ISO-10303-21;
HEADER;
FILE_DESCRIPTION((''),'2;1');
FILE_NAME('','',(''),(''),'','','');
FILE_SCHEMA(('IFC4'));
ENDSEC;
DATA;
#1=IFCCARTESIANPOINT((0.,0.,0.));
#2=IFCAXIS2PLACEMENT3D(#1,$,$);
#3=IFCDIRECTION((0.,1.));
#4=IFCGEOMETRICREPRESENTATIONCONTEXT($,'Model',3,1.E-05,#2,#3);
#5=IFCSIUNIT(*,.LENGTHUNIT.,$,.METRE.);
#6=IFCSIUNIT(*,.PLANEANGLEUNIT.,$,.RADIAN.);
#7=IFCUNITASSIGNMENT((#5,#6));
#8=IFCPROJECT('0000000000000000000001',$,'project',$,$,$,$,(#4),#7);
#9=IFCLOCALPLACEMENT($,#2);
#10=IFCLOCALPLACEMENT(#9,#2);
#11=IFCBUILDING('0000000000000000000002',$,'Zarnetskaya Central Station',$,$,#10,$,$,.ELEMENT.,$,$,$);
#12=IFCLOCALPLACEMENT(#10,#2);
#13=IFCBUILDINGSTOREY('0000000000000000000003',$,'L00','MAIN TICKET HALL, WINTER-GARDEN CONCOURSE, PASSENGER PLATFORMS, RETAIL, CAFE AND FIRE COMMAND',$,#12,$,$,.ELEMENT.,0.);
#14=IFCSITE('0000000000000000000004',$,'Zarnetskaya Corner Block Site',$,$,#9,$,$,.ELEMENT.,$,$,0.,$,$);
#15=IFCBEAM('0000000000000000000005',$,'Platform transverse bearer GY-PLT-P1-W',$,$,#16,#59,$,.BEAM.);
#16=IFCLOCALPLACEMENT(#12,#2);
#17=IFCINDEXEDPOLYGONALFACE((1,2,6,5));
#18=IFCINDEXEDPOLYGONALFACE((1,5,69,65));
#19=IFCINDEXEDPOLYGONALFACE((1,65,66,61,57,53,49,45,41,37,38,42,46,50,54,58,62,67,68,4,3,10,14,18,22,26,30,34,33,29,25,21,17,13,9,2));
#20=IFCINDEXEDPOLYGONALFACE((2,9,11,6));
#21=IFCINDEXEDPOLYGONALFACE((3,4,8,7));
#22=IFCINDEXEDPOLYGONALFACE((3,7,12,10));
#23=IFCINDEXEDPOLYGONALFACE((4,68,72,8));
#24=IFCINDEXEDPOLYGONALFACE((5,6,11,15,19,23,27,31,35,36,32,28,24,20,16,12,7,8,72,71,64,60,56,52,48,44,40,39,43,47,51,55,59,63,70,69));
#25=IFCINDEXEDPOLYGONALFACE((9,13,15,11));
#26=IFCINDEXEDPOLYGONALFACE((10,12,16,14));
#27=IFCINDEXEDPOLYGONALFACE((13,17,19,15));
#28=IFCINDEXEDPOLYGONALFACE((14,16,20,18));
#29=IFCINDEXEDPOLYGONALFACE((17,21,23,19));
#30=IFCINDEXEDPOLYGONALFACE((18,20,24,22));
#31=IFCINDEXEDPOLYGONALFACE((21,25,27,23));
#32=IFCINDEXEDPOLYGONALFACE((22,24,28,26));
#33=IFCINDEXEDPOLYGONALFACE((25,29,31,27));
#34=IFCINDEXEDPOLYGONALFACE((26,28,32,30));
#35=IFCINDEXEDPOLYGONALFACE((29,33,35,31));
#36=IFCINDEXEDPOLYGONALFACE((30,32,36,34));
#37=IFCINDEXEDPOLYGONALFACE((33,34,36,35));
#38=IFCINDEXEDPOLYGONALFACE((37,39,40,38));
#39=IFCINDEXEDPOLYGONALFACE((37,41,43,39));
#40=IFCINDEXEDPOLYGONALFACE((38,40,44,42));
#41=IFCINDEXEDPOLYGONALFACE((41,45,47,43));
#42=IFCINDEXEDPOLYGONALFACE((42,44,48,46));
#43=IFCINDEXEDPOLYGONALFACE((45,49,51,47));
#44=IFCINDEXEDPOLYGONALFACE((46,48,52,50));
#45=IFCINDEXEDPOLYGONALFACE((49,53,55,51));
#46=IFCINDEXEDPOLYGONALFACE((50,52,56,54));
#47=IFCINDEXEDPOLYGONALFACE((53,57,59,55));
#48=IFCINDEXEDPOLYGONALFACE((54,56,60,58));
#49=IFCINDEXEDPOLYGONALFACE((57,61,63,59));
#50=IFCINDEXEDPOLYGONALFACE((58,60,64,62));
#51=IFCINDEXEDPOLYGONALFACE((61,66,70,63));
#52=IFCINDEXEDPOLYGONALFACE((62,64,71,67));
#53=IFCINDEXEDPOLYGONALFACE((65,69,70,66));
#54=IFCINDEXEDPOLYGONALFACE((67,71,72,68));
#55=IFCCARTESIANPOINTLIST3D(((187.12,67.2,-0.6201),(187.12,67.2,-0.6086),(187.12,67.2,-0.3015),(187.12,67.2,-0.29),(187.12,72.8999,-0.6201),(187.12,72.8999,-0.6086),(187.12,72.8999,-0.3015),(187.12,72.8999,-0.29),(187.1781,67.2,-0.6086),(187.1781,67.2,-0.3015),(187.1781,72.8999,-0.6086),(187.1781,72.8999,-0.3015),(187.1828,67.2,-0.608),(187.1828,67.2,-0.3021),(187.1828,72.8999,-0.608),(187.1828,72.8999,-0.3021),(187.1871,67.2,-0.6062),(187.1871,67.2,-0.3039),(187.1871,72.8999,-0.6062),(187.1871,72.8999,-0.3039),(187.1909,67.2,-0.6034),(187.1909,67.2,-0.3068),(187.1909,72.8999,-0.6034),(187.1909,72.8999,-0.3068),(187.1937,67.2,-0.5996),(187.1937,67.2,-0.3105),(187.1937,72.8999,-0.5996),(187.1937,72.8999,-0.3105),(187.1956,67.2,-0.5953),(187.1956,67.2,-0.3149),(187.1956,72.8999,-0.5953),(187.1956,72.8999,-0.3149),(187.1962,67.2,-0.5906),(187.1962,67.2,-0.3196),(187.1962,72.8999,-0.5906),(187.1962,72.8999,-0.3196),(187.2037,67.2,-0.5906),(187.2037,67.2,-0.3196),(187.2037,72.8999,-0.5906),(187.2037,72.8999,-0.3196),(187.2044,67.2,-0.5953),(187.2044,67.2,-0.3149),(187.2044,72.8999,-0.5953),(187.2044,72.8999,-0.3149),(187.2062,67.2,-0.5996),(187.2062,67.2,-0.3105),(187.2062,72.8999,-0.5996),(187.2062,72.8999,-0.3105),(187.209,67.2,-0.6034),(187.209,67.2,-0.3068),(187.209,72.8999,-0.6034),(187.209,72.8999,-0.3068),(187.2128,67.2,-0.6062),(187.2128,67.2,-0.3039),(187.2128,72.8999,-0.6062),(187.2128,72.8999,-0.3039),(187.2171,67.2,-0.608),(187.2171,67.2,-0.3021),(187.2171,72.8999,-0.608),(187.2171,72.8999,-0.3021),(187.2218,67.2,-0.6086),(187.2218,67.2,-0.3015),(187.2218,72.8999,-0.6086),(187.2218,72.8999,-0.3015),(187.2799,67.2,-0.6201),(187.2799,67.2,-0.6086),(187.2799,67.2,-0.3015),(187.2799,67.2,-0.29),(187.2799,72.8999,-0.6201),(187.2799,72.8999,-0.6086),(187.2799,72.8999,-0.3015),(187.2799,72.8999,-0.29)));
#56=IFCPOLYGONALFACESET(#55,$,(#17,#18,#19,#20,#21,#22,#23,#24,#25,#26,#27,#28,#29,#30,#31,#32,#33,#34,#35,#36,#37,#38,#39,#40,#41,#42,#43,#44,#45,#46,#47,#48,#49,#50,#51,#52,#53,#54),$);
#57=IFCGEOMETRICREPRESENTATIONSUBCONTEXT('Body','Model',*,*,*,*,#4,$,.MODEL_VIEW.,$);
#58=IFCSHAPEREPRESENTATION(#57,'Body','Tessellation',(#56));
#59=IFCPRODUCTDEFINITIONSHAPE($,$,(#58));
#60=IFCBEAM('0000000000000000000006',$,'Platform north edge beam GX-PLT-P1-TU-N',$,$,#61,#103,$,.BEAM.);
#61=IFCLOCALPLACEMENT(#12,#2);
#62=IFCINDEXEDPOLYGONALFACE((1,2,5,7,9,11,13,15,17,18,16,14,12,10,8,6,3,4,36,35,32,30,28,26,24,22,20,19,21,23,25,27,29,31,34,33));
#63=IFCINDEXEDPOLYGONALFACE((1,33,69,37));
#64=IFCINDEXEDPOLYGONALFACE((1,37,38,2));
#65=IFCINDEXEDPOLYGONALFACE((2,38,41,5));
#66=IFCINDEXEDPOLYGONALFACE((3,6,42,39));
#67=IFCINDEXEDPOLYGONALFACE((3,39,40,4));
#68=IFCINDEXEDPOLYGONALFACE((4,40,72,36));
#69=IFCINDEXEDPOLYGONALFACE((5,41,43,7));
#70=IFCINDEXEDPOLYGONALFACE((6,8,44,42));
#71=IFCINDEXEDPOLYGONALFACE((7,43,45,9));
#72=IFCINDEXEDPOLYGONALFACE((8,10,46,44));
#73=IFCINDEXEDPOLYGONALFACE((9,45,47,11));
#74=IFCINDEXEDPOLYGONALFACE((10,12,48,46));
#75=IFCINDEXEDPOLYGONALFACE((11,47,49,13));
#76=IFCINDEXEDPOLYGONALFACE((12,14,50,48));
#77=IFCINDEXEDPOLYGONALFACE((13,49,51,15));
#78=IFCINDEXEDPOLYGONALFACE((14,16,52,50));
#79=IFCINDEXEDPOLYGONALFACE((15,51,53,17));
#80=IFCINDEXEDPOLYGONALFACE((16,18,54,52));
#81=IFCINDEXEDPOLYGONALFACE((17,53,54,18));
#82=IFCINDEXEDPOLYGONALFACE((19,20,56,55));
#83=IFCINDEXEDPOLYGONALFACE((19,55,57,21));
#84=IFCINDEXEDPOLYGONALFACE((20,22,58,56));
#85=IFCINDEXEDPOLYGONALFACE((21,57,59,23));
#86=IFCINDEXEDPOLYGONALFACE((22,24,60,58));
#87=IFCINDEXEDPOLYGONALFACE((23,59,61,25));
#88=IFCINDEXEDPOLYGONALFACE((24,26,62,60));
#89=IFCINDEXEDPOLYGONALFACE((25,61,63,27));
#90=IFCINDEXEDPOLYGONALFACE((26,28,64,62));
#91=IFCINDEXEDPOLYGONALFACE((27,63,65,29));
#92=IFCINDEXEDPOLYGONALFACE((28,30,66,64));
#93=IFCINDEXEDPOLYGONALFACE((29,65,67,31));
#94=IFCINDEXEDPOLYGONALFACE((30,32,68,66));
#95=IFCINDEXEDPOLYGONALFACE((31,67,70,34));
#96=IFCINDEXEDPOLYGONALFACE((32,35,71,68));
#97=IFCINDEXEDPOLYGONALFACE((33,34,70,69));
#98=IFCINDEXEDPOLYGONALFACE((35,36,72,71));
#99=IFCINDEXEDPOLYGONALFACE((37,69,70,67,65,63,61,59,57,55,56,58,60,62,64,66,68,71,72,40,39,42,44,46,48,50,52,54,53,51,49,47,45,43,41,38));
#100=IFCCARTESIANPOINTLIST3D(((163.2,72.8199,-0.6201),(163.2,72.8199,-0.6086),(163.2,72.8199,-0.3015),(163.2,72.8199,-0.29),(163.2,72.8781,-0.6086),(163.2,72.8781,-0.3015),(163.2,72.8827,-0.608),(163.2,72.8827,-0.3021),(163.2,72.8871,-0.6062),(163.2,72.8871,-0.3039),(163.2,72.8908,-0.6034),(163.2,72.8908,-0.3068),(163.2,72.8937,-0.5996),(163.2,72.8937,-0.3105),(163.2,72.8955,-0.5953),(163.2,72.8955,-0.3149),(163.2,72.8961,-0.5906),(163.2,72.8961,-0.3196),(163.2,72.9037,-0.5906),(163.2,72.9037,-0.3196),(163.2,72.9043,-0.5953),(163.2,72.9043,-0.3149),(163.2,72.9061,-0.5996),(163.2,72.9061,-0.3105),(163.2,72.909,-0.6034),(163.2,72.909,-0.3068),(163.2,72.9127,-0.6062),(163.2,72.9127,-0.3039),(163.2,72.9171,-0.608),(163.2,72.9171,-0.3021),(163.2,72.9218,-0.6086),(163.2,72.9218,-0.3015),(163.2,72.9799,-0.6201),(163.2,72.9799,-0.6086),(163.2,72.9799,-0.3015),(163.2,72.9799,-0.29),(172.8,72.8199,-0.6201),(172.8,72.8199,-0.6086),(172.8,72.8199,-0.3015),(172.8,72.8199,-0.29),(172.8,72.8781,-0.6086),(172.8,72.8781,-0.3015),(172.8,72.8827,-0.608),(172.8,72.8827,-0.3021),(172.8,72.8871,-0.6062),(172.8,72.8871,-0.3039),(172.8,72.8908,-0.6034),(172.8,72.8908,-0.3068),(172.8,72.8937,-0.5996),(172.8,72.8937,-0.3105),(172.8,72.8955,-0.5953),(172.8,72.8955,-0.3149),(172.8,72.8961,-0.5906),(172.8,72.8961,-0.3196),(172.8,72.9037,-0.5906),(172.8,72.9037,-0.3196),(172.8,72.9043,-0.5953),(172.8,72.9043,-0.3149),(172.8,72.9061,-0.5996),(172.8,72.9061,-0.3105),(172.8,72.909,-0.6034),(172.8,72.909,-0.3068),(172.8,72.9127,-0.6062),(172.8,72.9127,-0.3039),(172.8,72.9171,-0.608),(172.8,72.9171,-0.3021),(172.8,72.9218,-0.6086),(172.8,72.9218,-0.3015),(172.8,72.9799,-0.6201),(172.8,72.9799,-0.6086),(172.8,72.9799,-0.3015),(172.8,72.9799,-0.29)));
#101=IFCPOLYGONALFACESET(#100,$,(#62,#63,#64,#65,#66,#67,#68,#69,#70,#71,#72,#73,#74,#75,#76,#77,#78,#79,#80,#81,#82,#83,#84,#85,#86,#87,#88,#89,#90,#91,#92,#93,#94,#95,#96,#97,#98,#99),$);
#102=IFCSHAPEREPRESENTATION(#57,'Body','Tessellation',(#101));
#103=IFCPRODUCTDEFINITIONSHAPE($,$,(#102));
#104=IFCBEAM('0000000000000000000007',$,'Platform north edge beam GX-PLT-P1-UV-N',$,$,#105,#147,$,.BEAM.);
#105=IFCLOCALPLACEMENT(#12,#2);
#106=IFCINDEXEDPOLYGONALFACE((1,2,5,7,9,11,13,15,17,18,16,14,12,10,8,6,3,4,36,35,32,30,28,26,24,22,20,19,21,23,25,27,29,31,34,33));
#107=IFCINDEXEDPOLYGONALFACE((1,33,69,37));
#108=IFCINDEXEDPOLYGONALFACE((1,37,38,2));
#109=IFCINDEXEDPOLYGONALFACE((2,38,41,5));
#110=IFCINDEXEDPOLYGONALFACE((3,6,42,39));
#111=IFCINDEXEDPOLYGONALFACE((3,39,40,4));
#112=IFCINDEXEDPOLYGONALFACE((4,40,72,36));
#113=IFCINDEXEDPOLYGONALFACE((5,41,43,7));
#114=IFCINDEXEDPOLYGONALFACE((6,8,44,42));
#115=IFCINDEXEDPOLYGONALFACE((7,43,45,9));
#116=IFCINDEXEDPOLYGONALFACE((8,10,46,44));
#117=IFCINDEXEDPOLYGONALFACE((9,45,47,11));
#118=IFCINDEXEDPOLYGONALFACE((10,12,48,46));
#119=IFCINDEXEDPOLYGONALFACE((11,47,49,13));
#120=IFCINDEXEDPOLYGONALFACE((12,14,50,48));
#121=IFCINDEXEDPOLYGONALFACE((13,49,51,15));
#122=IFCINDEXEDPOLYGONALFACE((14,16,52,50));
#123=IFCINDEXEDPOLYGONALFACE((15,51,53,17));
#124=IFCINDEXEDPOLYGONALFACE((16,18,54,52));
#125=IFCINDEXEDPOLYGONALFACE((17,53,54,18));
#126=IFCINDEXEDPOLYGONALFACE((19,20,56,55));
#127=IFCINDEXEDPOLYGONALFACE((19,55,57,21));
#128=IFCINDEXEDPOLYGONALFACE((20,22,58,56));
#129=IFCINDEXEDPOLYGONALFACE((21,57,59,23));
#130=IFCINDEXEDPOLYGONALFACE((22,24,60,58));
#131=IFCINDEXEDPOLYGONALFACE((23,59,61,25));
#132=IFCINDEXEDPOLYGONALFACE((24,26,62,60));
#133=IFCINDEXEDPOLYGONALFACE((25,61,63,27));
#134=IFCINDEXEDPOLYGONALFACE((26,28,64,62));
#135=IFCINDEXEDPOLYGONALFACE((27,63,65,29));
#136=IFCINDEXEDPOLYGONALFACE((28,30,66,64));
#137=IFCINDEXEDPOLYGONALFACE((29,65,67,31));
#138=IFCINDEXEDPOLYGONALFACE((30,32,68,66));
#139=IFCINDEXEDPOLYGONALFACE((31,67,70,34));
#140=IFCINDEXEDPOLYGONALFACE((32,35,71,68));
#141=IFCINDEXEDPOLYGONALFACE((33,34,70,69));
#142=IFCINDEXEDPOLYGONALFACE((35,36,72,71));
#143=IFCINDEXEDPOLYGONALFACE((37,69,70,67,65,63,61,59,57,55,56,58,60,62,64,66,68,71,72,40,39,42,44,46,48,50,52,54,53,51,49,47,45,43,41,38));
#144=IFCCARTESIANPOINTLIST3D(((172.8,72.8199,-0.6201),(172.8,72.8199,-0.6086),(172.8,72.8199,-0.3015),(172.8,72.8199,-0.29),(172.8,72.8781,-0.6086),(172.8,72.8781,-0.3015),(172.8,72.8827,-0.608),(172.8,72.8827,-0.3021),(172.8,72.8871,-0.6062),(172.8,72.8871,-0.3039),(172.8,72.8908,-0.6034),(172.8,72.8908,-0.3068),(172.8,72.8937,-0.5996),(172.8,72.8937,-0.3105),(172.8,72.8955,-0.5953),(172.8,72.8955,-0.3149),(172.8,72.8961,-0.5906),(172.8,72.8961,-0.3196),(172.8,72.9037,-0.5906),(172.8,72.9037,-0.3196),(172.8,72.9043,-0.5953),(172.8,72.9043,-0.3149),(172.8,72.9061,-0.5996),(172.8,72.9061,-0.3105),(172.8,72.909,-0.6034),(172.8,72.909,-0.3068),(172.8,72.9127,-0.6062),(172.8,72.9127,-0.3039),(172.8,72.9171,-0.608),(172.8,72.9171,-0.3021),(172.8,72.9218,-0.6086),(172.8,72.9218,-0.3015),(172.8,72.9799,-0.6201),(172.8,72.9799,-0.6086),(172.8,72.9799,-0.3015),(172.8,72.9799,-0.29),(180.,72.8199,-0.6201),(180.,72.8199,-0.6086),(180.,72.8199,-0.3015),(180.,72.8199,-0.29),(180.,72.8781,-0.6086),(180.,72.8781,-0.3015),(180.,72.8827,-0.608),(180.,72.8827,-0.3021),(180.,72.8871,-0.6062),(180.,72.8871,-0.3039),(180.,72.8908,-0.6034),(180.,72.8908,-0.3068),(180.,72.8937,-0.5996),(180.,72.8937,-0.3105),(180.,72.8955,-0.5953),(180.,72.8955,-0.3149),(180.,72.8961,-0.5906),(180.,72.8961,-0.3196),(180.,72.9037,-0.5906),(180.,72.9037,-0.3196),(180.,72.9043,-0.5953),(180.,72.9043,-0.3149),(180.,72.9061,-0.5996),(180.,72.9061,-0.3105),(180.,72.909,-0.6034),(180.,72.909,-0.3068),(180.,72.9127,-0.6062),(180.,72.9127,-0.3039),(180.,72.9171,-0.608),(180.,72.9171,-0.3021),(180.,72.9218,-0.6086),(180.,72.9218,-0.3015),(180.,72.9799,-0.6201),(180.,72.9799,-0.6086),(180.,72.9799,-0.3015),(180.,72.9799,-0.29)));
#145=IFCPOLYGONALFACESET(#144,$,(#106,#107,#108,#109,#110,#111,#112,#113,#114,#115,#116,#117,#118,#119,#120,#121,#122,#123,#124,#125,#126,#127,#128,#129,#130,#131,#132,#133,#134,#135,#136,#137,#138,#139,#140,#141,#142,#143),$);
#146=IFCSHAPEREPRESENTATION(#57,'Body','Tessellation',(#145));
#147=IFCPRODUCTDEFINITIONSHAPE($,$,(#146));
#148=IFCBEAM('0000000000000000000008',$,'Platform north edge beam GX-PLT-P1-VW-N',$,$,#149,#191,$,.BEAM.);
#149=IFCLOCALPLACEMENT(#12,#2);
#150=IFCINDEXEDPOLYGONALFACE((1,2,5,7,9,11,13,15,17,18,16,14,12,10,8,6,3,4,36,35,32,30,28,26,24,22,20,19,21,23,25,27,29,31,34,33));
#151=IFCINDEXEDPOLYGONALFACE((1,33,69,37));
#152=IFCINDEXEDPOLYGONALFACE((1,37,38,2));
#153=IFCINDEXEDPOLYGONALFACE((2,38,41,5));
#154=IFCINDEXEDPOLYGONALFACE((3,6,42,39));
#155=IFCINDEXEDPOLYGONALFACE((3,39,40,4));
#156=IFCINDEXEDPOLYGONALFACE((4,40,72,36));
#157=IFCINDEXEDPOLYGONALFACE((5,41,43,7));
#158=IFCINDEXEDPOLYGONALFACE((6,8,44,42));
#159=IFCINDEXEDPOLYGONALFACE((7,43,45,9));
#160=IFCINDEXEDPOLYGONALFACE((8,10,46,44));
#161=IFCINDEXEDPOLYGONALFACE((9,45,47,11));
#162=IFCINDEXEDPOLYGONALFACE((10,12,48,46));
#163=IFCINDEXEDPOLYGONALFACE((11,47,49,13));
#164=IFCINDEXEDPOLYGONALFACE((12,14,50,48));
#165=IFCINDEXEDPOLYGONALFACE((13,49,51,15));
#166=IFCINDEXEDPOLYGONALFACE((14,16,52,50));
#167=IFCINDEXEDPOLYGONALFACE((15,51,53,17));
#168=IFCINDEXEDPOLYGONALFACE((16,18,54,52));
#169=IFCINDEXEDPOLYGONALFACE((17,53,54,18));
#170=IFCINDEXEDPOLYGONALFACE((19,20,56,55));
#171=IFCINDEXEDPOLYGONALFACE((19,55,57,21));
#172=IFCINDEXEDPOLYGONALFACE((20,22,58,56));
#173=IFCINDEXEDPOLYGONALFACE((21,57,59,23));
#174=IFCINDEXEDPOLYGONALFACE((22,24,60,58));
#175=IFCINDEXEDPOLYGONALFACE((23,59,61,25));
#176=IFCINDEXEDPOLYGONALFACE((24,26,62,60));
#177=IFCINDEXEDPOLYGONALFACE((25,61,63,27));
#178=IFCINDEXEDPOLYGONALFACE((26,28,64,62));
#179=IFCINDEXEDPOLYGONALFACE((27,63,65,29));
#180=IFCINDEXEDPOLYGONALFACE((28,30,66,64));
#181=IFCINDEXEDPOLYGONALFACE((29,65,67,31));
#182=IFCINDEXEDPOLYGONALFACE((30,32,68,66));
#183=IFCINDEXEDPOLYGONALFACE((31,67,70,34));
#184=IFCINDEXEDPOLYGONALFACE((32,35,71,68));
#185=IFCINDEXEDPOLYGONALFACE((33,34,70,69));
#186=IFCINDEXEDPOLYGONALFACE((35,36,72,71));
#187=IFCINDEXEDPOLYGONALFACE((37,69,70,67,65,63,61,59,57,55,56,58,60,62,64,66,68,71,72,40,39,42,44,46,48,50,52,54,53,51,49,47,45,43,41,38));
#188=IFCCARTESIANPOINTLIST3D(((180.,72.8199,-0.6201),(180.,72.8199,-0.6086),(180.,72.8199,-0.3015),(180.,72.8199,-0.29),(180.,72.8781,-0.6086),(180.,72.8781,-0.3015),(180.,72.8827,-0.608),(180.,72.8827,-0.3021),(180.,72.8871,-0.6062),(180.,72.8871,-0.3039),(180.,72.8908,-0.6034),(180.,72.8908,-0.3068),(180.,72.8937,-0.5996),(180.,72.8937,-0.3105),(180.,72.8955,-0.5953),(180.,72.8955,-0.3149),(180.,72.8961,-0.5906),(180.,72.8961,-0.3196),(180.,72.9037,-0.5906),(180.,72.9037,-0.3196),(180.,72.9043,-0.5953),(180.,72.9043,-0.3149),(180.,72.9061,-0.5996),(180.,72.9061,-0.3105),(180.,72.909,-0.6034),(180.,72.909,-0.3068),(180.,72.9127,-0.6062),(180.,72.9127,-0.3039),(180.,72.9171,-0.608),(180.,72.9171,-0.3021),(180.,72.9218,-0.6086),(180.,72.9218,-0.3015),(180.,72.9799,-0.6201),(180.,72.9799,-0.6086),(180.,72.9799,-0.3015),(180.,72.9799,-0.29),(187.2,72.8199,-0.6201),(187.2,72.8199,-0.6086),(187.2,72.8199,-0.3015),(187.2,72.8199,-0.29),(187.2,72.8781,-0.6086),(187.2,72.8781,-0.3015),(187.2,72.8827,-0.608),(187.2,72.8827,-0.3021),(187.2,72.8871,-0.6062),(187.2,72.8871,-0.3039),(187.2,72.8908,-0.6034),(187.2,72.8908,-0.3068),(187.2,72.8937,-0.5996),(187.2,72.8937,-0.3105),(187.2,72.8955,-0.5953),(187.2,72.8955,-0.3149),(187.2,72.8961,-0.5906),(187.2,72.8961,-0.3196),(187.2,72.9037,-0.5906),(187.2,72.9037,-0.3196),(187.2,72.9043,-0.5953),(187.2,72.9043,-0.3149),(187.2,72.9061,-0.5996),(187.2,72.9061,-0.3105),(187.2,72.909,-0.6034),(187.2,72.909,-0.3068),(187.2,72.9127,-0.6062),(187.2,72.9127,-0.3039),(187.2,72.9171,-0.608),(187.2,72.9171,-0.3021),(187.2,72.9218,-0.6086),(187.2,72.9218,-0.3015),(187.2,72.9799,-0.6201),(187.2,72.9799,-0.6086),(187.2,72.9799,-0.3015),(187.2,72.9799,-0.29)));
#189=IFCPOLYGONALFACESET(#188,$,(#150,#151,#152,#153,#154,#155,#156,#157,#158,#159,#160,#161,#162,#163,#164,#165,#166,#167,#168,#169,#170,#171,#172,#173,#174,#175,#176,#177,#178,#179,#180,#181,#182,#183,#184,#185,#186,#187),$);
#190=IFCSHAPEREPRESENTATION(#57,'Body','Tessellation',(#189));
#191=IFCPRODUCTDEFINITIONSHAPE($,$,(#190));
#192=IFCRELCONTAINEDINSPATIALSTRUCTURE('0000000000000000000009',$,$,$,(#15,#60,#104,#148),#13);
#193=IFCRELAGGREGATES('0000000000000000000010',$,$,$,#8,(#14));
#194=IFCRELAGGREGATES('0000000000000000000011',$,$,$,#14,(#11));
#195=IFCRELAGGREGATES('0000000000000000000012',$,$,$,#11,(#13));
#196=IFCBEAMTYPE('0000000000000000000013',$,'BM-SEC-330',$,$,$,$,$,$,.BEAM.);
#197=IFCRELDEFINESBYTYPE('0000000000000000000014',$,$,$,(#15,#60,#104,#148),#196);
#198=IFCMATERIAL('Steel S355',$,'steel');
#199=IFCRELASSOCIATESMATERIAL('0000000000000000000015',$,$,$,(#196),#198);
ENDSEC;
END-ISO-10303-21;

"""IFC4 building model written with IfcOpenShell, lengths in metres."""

from ifc_helpers import new_model, si_unit, direction, frame, origin, origin_2d, place, context, subcontext, project, spatial, i_section, extrude, material, material_profile, profile_set, type_object, element, save


model = new_model("IFC4")

# Units and contexts
model_context = context("Model", 3, precision=1e-05, world=origin(), true_north=direction((0.0, 1.0)))
body_context = subcontext(model_context, "Body", "Model", "MODEL_VIEW")
ifc_project = project(units=[si_unit("LENGTHUNIT", "METRE"), si_unit("PLANEANGLEUNIT", "RADIAN")], contexts=[model_context])

# Site, building, storey
site_placement = place(None, origin())
site = spatial("IfcSite", under=ifc_project, at=site_placement, Name="Zarnetskaya Corner Block Site", CompositionType="ELEMENT", RefElevation=0.0)
building_placement = place(site_placement, origin())
building = spatial("IfcBuilding", under=site, at=building_placement, Name="Zarnetskaya Central Station", CompositionType="ELEMENT")
storey_placement = place(building_placement, origin())
storey = spatial("IfcBuildingStorey", under=building, at=storey_placement, Name="L00", Description="MAIN TICKET HALL, WINTER-GARDEN CONCOURSE, PASSENGER PLATFORMS, RETAIL, CAFE AND FIRE COMMAND", CompositionType="ELEMENT", Elevation=0.0)

# Shared definitions
ifc_material = material(Name="Steel S355", Category="steel")

# Beams
ifc_material_profile_1 = material_profile(ifc_material, i_section(OverallWidth=0.1599, OverallDepth=0.3301, WebThickness=0.0076, FlangeThickness=0.0115, FilletRadius=0.0181, at=origin_2d()), Name="IPE 330")
ifc_profile_set_1 = profile_set([ifc_material_profile_1], Name="Steel S355")
beam_type_1 = type_object("IfcBeamType", Name="BM-SEC-330", PredefinedType="BEAM", material=ifc_profile_set_1)
beam_1_placement = place(storey_placement, frame((187.2, 67.2, -0.4551), z_axis=(0.0, 1.0, 0.0), x_axis=(-1.0, 0.0, 0.0)))
element("IfcBeam", 1, at=beam_1_placement, inside=storey, type_object=beam_type_1, Name="Platform transverse bearer GY-PLT-P1-W", PredefinedType="BEAM", context=body_context, shape_type="SweptSolid", body=[
    extrude(i_section(OverallWidth=0.1599, OverallDepth=0.3301, WebThickness=0.0076, FlangeThickness=0.0115, FilletRadius=0.0181, at=origin_2d()), origin(), (0.0, 0.0, 1.0), 5.7),
])
beam_2_placement = place(storey_placement, frame((163.2, 72.8999, -0.4551), z_axis=(1.0, 0.0, 0.0), x_axis=(0.0, 1.0, 0.0)))
element("IfcBeam", 2, at=beam_2_placement, inside=storey, type_object=beam_type_1, Name="Platform north edge beam GX-PLT-P1-TU-N", PredefinedType="BEAM", context=body_context, shape_type="SweptSolid", body=[
    extrude(i_section(OverallWidth=0.1599, OverallDepth=0.3301, WebThickness=0.0076, FlangeThickness=0.0115, FilletRadius=0.0181, at=origin_2d()), origin(), (0.0, 0.0, 1.0), 9.6001),
])
for number, where, z_axis, x_axis, name in (
    (3, (172.8, 72.8999, -0.4551), (1.0, 0.0, 0.0), (0.0, 1.0, 0.0), "Platform north edge beam GX-PLT-P1-UV-N"),
    (4, (180.0, 72.8999, -0.4551), (1.0, 0.0, 0.0), (0.0, 1.0, 0.0), "Platform north edge beam GX-PLT-P1-VW-N"),
):
    element("IfcBeam", number, at=place(storey_placement, frame(where, z_axis=z_axis, x_axis=x_axis)), inside=storey, type_object=beam_type_1, Name=name, PredefinedType="BEAM", context=body_context, shape_type="SweptSolid", body=[
        extrude(i_section(OverallWidth=0.1599, OverallDepth=0.3301, WebThickness=0.0076, FlangeThickness=0.0115, FilletRadius=0.0181, at=origin_2d()), origin(), (0.0, 0.0, 1.0), 7.2),
    ])

save(model, "model.ifc")
